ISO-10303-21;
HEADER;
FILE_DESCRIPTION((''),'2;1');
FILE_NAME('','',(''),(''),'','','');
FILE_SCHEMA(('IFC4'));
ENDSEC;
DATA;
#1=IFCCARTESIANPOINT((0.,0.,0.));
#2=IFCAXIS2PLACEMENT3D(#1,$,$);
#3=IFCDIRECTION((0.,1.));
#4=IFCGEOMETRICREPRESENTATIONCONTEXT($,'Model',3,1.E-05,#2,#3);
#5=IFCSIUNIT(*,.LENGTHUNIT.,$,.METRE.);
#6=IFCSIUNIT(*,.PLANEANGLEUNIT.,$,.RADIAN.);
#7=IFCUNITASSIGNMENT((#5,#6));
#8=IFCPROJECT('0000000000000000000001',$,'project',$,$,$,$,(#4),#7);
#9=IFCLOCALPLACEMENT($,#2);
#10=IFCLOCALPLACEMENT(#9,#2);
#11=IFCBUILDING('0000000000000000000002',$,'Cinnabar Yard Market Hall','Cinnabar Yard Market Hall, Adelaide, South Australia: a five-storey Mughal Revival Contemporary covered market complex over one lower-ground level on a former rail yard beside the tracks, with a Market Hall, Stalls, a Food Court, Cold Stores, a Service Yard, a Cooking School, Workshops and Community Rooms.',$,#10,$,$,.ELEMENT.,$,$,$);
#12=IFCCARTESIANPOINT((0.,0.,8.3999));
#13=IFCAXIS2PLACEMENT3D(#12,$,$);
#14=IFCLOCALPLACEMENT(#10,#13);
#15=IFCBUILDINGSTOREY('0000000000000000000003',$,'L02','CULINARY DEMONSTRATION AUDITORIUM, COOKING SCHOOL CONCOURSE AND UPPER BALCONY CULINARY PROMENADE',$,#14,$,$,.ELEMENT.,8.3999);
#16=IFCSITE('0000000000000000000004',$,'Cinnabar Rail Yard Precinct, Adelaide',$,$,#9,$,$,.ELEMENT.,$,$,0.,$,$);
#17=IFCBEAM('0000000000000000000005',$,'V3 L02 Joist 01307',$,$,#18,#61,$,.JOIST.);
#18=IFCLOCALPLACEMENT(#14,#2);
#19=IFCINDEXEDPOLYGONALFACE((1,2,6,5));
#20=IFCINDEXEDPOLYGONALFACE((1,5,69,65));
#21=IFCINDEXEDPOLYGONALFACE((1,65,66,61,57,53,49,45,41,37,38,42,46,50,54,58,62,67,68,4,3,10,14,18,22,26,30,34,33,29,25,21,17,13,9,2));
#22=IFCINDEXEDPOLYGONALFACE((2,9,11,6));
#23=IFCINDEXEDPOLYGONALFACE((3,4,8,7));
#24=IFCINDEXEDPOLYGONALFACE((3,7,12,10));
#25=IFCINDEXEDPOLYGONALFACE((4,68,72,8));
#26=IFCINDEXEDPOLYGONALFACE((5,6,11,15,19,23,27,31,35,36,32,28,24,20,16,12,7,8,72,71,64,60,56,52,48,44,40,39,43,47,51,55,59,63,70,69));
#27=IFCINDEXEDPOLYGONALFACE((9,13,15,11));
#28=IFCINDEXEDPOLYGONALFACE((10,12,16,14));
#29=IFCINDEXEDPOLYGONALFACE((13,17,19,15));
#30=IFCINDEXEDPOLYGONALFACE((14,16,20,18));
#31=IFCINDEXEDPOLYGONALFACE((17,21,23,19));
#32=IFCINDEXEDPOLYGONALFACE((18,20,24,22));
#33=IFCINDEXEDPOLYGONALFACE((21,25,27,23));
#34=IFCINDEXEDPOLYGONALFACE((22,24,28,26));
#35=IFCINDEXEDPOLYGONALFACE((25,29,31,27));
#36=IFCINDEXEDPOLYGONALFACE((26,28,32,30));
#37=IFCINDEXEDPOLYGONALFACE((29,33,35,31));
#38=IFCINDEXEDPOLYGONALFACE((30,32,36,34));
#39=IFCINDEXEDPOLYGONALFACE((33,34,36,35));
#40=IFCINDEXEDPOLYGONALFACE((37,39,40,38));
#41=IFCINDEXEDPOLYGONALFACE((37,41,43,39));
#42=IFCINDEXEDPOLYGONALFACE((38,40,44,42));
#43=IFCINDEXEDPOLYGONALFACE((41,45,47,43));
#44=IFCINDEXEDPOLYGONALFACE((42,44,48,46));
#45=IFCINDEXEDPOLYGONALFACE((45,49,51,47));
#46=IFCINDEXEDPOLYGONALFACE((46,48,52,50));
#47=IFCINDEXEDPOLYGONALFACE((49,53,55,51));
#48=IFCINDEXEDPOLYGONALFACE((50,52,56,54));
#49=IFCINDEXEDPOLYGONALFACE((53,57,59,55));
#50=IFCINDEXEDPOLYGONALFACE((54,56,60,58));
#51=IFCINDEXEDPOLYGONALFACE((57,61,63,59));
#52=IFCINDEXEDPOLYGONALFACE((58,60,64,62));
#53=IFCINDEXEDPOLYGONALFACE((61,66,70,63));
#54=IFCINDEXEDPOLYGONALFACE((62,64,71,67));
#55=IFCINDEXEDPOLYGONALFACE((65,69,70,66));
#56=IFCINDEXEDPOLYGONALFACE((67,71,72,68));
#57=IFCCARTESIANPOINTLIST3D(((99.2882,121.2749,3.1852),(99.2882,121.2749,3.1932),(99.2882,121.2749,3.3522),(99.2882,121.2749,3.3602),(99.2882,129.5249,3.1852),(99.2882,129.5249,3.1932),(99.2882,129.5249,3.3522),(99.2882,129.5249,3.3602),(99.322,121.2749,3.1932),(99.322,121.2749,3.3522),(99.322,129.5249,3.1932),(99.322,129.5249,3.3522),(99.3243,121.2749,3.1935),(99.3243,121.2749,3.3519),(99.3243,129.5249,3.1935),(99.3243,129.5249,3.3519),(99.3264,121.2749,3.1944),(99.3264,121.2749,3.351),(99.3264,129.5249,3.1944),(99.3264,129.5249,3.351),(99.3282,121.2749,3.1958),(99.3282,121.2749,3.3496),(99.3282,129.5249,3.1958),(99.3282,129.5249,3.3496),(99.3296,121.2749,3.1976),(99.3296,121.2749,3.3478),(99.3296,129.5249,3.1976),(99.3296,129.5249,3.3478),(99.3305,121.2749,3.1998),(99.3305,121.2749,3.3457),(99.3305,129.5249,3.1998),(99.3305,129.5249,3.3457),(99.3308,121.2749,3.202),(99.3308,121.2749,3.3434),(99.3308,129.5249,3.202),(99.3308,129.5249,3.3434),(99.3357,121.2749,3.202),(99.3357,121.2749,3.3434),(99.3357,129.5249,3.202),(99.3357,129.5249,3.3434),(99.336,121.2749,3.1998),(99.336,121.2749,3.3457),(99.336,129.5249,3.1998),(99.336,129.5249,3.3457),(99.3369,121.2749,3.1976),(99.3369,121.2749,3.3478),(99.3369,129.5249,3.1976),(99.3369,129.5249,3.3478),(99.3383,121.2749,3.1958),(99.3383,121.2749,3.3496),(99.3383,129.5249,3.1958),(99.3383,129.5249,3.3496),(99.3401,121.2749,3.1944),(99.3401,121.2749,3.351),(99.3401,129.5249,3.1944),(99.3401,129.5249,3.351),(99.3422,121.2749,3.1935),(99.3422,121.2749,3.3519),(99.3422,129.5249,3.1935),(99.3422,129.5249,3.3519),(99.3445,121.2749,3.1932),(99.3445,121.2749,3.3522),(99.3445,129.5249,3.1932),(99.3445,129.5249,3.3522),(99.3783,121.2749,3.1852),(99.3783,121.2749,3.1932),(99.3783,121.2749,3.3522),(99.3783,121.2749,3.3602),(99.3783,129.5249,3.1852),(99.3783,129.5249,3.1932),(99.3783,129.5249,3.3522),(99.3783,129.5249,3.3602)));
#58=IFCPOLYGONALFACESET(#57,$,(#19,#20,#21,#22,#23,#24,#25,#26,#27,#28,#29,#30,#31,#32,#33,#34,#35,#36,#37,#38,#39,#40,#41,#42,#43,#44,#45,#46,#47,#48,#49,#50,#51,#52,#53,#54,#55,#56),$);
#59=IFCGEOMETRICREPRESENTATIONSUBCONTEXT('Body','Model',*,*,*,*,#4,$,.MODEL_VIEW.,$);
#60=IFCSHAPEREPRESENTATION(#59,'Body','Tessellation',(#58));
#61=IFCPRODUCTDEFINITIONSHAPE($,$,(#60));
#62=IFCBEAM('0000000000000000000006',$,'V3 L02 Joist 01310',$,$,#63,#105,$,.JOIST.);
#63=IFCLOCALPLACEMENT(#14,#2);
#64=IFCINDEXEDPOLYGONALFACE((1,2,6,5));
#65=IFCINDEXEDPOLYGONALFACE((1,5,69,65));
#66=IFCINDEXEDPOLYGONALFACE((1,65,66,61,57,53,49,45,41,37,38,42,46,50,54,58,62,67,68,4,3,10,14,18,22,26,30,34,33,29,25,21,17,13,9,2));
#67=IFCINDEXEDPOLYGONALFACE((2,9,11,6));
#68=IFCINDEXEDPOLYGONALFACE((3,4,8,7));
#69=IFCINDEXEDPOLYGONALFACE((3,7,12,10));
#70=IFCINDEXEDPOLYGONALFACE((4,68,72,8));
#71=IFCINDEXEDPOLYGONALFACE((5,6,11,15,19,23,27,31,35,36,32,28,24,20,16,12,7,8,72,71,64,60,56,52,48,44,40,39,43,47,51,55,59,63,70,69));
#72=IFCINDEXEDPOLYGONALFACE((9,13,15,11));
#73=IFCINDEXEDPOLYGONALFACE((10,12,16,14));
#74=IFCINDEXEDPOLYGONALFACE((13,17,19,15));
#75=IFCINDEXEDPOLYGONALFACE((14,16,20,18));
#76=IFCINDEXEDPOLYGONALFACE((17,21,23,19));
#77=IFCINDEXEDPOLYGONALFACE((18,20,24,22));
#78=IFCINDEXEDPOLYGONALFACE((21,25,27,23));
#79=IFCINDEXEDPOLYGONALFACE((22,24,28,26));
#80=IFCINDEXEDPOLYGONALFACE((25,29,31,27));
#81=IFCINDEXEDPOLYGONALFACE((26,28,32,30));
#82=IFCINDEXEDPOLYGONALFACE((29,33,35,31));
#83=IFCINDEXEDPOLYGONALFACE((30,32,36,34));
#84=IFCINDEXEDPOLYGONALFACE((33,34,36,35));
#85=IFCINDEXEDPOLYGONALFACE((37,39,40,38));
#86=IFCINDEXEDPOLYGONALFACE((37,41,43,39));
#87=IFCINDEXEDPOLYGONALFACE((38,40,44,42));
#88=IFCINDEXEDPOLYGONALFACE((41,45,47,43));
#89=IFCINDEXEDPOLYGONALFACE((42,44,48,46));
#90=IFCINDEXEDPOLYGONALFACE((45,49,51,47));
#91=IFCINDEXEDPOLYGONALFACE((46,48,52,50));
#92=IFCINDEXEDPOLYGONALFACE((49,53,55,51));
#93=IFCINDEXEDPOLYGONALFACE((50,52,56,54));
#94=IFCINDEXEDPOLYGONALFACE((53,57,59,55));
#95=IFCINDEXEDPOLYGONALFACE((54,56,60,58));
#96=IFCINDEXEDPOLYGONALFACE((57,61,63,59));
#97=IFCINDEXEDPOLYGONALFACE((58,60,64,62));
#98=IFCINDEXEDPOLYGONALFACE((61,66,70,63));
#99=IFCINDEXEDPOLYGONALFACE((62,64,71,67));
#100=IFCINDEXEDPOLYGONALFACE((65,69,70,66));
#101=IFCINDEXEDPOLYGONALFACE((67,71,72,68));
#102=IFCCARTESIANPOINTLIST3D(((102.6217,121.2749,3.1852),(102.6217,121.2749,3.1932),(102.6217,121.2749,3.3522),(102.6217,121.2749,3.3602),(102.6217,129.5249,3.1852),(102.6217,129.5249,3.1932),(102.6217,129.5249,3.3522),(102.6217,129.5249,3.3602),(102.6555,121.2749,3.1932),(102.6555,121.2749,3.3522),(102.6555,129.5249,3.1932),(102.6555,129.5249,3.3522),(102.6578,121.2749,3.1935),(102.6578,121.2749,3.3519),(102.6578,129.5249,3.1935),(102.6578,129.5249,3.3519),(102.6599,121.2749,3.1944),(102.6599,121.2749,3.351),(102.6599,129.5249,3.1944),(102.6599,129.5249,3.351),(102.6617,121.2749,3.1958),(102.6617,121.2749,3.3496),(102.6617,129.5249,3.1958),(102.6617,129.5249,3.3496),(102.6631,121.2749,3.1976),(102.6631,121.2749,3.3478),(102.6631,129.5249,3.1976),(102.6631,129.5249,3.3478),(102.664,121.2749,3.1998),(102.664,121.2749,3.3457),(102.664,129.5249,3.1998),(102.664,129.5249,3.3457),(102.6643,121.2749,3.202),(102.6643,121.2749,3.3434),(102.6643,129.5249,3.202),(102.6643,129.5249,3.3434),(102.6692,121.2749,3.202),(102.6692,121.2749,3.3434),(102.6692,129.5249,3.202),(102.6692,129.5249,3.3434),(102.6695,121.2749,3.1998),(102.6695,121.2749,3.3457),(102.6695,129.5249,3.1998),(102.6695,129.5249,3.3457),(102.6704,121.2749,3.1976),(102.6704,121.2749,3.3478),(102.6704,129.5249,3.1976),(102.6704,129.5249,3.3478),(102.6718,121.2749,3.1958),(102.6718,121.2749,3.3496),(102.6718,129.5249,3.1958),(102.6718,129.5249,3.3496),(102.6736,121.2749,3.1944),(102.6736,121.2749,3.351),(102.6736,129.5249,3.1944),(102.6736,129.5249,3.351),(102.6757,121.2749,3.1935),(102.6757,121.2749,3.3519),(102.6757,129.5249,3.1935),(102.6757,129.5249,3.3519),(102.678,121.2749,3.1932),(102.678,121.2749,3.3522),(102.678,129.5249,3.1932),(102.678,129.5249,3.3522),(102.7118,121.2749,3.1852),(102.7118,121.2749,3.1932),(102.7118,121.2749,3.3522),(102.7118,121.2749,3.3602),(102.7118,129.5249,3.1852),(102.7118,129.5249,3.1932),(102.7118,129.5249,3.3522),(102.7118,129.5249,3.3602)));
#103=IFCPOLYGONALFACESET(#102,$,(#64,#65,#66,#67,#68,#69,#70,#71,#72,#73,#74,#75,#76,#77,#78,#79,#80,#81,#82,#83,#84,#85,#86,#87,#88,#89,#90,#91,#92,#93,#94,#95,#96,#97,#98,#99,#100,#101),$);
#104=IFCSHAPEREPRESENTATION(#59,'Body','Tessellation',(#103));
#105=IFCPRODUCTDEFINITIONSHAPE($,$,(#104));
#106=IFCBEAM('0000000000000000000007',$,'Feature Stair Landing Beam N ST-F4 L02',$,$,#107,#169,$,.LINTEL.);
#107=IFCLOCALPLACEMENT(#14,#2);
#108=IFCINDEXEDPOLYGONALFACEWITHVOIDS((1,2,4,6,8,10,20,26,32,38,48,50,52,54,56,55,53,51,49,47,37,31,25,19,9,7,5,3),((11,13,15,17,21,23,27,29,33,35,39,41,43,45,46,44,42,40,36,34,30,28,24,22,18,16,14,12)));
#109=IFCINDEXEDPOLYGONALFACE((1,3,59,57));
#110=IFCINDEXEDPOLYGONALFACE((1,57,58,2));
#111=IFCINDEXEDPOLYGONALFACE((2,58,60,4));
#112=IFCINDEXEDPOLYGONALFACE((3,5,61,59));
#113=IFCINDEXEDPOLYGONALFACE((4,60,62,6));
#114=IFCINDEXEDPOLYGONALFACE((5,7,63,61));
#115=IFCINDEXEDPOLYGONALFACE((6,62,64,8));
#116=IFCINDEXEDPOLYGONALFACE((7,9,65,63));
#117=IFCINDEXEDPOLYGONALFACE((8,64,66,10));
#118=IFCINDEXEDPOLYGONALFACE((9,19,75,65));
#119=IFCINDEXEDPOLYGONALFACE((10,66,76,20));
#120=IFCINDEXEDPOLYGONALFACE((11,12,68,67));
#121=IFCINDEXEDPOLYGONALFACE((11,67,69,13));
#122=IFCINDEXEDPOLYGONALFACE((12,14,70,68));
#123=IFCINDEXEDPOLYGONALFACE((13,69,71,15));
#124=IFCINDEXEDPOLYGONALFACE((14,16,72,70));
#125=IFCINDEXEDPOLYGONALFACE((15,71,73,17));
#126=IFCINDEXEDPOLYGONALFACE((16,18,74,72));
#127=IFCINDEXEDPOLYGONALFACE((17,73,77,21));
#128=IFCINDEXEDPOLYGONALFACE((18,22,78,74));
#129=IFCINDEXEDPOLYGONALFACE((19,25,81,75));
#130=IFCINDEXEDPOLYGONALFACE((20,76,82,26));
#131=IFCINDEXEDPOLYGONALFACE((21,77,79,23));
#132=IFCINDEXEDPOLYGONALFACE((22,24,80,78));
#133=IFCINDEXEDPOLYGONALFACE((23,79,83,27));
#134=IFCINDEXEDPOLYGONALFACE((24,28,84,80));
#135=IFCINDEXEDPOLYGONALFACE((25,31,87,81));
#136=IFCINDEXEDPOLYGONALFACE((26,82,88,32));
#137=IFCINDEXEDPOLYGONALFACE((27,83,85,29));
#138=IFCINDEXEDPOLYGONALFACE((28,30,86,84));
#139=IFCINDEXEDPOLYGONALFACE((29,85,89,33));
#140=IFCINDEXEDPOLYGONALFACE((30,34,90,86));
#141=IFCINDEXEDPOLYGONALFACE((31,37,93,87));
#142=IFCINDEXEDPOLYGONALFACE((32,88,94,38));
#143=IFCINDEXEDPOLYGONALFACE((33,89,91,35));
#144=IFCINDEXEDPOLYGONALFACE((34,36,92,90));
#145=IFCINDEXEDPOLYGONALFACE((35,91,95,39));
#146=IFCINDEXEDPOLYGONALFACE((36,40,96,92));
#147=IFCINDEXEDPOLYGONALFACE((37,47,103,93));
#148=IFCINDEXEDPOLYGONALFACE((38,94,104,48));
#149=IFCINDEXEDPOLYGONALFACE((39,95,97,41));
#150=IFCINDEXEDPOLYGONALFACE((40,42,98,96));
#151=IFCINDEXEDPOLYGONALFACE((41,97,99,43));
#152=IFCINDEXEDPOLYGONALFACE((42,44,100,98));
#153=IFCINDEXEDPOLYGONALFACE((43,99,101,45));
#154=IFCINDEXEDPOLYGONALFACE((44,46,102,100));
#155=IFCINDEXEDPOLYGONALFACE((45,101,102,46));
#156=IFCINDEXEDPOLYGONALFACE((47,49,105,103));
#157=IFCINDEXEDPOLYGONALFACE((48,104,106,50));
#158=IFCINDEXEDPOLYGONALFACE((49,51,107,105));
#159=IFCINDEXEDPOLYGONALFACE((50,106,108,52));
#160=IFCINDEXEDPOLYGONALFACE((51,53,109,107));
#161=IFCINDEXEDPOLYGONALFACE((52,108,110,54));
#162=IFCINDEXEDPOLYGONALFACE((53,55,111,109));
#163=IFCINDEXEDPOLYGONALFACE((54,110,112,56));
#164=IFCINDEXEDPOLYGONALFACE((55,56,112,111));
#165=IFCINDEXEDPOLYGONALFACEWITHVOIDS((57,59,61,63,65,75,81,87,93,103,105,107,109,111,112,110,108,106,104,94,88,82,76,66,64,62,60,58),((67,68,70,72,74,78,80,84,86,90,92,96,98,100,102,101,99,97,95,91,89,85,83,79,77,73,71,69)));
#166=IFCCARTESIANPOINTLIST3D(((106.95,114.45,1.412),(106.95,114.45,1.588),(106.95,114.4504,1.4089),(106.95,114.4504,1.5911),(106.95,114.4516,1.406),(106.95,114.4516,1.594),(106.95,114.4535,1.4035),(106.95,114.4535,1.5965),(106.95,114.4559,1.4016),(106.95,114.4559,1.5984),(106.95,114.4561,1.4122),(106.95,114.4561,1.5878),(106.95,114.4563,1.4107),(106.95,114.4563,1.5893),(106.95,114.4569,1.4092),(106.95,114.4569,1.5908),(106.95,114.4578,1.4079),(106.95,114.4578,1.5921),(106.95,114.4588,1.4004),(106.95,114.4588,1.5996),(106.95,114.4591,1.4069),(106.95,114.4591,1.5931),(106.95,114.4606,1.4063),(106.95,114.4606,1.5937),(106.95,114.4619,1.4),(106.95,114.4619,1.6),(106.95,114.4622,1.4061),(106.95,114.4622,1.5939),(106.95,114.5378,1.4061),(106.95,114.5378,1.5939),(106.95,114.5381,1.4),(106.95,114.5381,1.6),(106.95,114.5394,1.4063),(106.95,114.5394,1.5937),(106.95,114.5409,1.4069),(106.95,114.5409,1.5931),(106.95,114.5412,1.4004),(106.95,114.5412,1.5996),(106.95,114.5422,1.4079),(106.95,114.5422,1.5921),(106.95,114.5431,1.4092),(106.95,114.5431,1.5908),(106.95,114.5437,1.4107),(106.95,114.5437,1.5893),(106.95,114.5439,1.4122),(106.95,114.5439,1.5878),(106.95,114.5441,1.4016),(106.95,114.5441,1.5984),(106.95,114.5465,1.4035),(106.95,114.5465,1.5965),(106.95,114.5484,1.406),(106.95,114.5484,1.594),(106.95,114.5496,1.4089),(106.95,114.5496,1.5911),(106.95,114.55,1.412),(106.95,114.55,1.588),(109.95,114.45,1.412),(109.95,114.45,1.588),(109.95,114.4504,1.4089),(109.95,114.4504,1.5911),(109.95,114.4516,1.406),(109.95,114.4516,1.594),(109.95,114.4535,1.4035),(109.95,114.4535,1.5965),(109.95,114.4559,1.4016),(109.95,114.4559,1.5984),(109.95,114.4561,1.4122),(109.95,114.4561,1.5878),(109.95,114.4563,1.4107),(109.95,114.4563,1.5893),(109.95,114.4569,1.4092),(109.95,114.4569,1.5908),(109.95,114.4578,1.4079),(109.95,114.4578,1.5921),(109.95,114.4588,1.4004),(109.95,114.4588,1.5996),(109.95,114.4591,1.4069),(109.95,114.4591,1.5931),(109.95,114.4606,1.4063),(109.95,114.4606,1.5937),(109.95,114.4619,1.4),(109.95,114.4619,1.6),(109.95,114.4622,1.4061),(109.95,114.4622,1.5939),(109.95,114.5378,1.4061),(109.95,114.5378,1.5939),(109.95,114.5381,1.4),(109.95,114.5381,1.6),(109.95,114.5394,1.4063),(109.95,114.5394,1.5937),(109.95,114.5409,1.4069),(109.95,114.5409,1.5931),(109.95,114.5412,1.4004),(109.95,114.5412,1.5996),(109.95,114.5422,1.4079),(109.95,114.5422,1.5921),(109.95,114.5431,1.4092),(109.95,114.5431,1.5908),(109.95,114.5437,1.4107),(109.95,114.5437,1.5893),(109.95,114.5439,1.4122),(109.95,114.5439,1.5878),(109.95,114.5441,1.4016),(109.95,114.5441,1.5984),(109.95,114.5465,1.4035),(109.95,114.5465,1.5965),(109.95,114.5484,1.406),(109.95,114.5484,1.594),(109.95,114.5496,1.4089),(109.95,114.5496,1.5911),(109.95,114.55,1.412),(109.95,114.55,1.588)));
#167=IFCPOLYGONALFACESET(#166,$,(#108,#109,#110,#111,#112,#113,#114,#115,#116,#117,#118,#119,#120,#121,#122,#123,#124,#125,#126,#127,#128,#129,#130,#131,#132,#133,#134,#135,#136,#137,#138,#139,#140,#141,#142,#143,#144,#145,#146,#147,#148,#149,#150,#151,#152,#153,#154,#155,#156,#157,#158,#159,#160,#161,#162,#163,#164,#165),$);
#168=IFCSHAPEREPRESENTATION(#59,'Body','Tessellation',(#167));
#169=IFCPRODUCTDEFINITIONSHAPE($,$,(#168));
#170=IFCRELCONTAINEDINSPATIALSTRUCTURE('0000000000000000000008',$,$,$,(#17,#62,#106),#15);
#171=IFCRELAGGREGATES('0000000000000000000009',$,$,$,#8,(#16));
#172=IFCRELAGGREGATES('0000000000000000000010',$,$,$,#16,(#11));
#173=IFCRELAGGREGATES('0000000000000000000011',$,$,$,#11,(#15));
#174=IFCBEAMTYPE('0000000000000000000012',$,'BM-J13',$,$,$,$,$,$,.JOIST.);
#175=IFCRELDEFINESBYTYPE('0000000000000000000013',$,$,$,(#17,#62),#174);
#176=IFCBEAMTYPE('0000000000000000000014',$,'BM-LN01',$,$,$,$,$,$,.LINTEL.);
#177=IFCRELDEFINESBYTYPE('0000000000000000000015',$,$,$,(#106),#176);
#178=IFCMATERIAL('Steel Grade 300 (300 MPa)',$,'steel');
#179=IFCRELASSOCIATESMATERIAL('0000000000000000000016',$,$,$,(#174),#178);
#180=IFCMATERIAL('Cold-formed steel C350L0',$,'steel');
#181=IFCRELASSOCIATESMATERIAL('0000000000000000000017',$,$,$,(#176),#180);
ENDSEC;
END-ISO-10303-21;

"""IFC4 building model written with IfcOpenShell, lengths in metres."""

from ifc_helpers import new_model, si_unit, direction, frame, origin, origin_2d_with_axis, place, context, subcontext, project, spatial, hollow_rectangle, i_section, extrude, material, material_profile, profile_set, type_object, element, save


model = new_model("IFC4")

# Units and contexts
model_context = context("Model", 3, precision=1e-05, world=origin(), true_north=direction((0.0, 1.0)))
body_context = subcontext(model_context, "Body", "Model", "MODEL_VIEW")
ifc_project = project(units=[si_unit("LENGTHUNIT", "METRE"), si_unit("PLANEANGLEUNIT", "RADIAN")], contexts=[model_context])

# Site, building, storey
site_placement = place(None, origin())
site = spatial("IfcSite", under=ifc_project, at=site_placement, Name="Cinnabar Rail Yard Precinct, Adelaide", CompositionType="ELEMENT", RefElevation=0.0)
building_placement = place(site_placement, origin())
building = spatial("IfcBuilding", under=site, at=building_placement, Name="Cinnabar Yard Market Hall", Description="Cinnabar Yard Market Hall, Adelaide, South Australia: a five-storey Mughal Revival Contemporary covered market complex over one lower-ground level on a former rail yard beside the tracks, with a Market Hall, Stalls, a Food Court, Cold Stores, a Service Yard, a Cooking School, Workshops and Community Rooms.", CompositionType="ELEMENT")
storey_placement = place(building_placement, frame((0.0, 0.0, 8.3999)))
storey = spatial("IfcBuildingStorey", under=building, at=storey_placement, Name="L02", Description="CULINARY DEMONSTRATION AUDITORIUM, COOKING SCHOOL CONCOURSE AND UPPER BALCONY CULINARY PROMENADE", CompositionType="ELEMENT", Elevation=8.3999)

# Shared definitions
ifc_material_1 = material(Name="Cold-formed steel C350L0", Category="steel")

# Beams
ifc_material_2 = material(Name="Steel Grade 300 (300 MPa)", Category="steel")
ifc_material_profile_1 = material_profile(ifc_material_2, i_section(OverallWidth=0.0901, OverallDepth=0.175, WebThickness=0.0049, FlangeThickness=0.0081, FilletRadius=0.0088, at=origin_2d_with_axis()), Name="180UB18.1")
ifc_profile_set_1 = profile_set([ifc_material_profile_1], Name="Steel Grade 300 (300 MPa)")
beam_type_1 = type_object("IfcBeamType", Name="BM-J13", PredefinedType="JOIST", material=ifc_profile_set_1)
for number, where, z_axis, x_axis, name in (
    (1, (99.3333, 121.2749, 3.2727), (0.0, 1.0, 0.0), (-1.0, 0.0, 0.0), "V3 L02 Joist 01307"),
    (2, (102.6667, 121.2749, 3.2727), (0.0, 1.0, 0.0), (-1.0, 0.0, 0.0), "V3 L02 Joist 01310"),
):
    element("IfcBeam", number, at=place(storey_placement, frame(where, z_axis=z_axis, x_axis=x_axis)), inside=storey, type_object=beam_type_1, Name=name, PredefinedType="JOIST", context=body_context, shape_type="SweptSolid", body=[
        extrude(i_section(OverallWidth=0.0901, OverallDepth=0.175, WebThickness=0.0049, FlangeThickness=0.0081, FilletRadius=0.0088, at=origin_2d_with_axis()), origin(), (0.0, 0.0, 1.0), 8.25),
    ])
ifc_material_profile_2 = material_profile(ifc_material_1, hollow_rectangle(XDim=0.1001, YDim=0.2, WallThickness=0.0061, InnerFilletRadius=0.0061, OuterFilletRadius=0.012, at=origin_2d_with_axis()), Name="200x100x6.0RHS")
ifc_profile_set_2 = profile_set([ifc_material_profile_2], Name="Cold-formed steel C350L0")
beam_type_2 = type_object("IfcBeamType", Name="BM-LN01", PredefinedType="LINTEL", material=ifc_profile_set_2)
beam_placement = place(storey_placement, frame((106.95, 114.5, 1.5), z_axis=(1.0, 0.0, 0.0), x_axis=(0.0, 1.0, 0.0)))
element("IfcBeam", 3, at=beam_placement, inside=storey, type_object=beam_type_2, Name="Feature Stair Landing Beam N ST-F4 L02", PredefinedType="LINTEL", context=body_context, shape_type="SweptSolid", body=[
    extrude(hollow_rectangle(XDim=0.1001, YDim=0.2, WallThickness=0.0061, InnerFilletRadius=0.0061, OuterFilletRadius=0.012, at=origin_2d_with_axis()), origin(), (0.0, 0.0, 1.0), 3.0),
])

save(model, "model.ifc")
